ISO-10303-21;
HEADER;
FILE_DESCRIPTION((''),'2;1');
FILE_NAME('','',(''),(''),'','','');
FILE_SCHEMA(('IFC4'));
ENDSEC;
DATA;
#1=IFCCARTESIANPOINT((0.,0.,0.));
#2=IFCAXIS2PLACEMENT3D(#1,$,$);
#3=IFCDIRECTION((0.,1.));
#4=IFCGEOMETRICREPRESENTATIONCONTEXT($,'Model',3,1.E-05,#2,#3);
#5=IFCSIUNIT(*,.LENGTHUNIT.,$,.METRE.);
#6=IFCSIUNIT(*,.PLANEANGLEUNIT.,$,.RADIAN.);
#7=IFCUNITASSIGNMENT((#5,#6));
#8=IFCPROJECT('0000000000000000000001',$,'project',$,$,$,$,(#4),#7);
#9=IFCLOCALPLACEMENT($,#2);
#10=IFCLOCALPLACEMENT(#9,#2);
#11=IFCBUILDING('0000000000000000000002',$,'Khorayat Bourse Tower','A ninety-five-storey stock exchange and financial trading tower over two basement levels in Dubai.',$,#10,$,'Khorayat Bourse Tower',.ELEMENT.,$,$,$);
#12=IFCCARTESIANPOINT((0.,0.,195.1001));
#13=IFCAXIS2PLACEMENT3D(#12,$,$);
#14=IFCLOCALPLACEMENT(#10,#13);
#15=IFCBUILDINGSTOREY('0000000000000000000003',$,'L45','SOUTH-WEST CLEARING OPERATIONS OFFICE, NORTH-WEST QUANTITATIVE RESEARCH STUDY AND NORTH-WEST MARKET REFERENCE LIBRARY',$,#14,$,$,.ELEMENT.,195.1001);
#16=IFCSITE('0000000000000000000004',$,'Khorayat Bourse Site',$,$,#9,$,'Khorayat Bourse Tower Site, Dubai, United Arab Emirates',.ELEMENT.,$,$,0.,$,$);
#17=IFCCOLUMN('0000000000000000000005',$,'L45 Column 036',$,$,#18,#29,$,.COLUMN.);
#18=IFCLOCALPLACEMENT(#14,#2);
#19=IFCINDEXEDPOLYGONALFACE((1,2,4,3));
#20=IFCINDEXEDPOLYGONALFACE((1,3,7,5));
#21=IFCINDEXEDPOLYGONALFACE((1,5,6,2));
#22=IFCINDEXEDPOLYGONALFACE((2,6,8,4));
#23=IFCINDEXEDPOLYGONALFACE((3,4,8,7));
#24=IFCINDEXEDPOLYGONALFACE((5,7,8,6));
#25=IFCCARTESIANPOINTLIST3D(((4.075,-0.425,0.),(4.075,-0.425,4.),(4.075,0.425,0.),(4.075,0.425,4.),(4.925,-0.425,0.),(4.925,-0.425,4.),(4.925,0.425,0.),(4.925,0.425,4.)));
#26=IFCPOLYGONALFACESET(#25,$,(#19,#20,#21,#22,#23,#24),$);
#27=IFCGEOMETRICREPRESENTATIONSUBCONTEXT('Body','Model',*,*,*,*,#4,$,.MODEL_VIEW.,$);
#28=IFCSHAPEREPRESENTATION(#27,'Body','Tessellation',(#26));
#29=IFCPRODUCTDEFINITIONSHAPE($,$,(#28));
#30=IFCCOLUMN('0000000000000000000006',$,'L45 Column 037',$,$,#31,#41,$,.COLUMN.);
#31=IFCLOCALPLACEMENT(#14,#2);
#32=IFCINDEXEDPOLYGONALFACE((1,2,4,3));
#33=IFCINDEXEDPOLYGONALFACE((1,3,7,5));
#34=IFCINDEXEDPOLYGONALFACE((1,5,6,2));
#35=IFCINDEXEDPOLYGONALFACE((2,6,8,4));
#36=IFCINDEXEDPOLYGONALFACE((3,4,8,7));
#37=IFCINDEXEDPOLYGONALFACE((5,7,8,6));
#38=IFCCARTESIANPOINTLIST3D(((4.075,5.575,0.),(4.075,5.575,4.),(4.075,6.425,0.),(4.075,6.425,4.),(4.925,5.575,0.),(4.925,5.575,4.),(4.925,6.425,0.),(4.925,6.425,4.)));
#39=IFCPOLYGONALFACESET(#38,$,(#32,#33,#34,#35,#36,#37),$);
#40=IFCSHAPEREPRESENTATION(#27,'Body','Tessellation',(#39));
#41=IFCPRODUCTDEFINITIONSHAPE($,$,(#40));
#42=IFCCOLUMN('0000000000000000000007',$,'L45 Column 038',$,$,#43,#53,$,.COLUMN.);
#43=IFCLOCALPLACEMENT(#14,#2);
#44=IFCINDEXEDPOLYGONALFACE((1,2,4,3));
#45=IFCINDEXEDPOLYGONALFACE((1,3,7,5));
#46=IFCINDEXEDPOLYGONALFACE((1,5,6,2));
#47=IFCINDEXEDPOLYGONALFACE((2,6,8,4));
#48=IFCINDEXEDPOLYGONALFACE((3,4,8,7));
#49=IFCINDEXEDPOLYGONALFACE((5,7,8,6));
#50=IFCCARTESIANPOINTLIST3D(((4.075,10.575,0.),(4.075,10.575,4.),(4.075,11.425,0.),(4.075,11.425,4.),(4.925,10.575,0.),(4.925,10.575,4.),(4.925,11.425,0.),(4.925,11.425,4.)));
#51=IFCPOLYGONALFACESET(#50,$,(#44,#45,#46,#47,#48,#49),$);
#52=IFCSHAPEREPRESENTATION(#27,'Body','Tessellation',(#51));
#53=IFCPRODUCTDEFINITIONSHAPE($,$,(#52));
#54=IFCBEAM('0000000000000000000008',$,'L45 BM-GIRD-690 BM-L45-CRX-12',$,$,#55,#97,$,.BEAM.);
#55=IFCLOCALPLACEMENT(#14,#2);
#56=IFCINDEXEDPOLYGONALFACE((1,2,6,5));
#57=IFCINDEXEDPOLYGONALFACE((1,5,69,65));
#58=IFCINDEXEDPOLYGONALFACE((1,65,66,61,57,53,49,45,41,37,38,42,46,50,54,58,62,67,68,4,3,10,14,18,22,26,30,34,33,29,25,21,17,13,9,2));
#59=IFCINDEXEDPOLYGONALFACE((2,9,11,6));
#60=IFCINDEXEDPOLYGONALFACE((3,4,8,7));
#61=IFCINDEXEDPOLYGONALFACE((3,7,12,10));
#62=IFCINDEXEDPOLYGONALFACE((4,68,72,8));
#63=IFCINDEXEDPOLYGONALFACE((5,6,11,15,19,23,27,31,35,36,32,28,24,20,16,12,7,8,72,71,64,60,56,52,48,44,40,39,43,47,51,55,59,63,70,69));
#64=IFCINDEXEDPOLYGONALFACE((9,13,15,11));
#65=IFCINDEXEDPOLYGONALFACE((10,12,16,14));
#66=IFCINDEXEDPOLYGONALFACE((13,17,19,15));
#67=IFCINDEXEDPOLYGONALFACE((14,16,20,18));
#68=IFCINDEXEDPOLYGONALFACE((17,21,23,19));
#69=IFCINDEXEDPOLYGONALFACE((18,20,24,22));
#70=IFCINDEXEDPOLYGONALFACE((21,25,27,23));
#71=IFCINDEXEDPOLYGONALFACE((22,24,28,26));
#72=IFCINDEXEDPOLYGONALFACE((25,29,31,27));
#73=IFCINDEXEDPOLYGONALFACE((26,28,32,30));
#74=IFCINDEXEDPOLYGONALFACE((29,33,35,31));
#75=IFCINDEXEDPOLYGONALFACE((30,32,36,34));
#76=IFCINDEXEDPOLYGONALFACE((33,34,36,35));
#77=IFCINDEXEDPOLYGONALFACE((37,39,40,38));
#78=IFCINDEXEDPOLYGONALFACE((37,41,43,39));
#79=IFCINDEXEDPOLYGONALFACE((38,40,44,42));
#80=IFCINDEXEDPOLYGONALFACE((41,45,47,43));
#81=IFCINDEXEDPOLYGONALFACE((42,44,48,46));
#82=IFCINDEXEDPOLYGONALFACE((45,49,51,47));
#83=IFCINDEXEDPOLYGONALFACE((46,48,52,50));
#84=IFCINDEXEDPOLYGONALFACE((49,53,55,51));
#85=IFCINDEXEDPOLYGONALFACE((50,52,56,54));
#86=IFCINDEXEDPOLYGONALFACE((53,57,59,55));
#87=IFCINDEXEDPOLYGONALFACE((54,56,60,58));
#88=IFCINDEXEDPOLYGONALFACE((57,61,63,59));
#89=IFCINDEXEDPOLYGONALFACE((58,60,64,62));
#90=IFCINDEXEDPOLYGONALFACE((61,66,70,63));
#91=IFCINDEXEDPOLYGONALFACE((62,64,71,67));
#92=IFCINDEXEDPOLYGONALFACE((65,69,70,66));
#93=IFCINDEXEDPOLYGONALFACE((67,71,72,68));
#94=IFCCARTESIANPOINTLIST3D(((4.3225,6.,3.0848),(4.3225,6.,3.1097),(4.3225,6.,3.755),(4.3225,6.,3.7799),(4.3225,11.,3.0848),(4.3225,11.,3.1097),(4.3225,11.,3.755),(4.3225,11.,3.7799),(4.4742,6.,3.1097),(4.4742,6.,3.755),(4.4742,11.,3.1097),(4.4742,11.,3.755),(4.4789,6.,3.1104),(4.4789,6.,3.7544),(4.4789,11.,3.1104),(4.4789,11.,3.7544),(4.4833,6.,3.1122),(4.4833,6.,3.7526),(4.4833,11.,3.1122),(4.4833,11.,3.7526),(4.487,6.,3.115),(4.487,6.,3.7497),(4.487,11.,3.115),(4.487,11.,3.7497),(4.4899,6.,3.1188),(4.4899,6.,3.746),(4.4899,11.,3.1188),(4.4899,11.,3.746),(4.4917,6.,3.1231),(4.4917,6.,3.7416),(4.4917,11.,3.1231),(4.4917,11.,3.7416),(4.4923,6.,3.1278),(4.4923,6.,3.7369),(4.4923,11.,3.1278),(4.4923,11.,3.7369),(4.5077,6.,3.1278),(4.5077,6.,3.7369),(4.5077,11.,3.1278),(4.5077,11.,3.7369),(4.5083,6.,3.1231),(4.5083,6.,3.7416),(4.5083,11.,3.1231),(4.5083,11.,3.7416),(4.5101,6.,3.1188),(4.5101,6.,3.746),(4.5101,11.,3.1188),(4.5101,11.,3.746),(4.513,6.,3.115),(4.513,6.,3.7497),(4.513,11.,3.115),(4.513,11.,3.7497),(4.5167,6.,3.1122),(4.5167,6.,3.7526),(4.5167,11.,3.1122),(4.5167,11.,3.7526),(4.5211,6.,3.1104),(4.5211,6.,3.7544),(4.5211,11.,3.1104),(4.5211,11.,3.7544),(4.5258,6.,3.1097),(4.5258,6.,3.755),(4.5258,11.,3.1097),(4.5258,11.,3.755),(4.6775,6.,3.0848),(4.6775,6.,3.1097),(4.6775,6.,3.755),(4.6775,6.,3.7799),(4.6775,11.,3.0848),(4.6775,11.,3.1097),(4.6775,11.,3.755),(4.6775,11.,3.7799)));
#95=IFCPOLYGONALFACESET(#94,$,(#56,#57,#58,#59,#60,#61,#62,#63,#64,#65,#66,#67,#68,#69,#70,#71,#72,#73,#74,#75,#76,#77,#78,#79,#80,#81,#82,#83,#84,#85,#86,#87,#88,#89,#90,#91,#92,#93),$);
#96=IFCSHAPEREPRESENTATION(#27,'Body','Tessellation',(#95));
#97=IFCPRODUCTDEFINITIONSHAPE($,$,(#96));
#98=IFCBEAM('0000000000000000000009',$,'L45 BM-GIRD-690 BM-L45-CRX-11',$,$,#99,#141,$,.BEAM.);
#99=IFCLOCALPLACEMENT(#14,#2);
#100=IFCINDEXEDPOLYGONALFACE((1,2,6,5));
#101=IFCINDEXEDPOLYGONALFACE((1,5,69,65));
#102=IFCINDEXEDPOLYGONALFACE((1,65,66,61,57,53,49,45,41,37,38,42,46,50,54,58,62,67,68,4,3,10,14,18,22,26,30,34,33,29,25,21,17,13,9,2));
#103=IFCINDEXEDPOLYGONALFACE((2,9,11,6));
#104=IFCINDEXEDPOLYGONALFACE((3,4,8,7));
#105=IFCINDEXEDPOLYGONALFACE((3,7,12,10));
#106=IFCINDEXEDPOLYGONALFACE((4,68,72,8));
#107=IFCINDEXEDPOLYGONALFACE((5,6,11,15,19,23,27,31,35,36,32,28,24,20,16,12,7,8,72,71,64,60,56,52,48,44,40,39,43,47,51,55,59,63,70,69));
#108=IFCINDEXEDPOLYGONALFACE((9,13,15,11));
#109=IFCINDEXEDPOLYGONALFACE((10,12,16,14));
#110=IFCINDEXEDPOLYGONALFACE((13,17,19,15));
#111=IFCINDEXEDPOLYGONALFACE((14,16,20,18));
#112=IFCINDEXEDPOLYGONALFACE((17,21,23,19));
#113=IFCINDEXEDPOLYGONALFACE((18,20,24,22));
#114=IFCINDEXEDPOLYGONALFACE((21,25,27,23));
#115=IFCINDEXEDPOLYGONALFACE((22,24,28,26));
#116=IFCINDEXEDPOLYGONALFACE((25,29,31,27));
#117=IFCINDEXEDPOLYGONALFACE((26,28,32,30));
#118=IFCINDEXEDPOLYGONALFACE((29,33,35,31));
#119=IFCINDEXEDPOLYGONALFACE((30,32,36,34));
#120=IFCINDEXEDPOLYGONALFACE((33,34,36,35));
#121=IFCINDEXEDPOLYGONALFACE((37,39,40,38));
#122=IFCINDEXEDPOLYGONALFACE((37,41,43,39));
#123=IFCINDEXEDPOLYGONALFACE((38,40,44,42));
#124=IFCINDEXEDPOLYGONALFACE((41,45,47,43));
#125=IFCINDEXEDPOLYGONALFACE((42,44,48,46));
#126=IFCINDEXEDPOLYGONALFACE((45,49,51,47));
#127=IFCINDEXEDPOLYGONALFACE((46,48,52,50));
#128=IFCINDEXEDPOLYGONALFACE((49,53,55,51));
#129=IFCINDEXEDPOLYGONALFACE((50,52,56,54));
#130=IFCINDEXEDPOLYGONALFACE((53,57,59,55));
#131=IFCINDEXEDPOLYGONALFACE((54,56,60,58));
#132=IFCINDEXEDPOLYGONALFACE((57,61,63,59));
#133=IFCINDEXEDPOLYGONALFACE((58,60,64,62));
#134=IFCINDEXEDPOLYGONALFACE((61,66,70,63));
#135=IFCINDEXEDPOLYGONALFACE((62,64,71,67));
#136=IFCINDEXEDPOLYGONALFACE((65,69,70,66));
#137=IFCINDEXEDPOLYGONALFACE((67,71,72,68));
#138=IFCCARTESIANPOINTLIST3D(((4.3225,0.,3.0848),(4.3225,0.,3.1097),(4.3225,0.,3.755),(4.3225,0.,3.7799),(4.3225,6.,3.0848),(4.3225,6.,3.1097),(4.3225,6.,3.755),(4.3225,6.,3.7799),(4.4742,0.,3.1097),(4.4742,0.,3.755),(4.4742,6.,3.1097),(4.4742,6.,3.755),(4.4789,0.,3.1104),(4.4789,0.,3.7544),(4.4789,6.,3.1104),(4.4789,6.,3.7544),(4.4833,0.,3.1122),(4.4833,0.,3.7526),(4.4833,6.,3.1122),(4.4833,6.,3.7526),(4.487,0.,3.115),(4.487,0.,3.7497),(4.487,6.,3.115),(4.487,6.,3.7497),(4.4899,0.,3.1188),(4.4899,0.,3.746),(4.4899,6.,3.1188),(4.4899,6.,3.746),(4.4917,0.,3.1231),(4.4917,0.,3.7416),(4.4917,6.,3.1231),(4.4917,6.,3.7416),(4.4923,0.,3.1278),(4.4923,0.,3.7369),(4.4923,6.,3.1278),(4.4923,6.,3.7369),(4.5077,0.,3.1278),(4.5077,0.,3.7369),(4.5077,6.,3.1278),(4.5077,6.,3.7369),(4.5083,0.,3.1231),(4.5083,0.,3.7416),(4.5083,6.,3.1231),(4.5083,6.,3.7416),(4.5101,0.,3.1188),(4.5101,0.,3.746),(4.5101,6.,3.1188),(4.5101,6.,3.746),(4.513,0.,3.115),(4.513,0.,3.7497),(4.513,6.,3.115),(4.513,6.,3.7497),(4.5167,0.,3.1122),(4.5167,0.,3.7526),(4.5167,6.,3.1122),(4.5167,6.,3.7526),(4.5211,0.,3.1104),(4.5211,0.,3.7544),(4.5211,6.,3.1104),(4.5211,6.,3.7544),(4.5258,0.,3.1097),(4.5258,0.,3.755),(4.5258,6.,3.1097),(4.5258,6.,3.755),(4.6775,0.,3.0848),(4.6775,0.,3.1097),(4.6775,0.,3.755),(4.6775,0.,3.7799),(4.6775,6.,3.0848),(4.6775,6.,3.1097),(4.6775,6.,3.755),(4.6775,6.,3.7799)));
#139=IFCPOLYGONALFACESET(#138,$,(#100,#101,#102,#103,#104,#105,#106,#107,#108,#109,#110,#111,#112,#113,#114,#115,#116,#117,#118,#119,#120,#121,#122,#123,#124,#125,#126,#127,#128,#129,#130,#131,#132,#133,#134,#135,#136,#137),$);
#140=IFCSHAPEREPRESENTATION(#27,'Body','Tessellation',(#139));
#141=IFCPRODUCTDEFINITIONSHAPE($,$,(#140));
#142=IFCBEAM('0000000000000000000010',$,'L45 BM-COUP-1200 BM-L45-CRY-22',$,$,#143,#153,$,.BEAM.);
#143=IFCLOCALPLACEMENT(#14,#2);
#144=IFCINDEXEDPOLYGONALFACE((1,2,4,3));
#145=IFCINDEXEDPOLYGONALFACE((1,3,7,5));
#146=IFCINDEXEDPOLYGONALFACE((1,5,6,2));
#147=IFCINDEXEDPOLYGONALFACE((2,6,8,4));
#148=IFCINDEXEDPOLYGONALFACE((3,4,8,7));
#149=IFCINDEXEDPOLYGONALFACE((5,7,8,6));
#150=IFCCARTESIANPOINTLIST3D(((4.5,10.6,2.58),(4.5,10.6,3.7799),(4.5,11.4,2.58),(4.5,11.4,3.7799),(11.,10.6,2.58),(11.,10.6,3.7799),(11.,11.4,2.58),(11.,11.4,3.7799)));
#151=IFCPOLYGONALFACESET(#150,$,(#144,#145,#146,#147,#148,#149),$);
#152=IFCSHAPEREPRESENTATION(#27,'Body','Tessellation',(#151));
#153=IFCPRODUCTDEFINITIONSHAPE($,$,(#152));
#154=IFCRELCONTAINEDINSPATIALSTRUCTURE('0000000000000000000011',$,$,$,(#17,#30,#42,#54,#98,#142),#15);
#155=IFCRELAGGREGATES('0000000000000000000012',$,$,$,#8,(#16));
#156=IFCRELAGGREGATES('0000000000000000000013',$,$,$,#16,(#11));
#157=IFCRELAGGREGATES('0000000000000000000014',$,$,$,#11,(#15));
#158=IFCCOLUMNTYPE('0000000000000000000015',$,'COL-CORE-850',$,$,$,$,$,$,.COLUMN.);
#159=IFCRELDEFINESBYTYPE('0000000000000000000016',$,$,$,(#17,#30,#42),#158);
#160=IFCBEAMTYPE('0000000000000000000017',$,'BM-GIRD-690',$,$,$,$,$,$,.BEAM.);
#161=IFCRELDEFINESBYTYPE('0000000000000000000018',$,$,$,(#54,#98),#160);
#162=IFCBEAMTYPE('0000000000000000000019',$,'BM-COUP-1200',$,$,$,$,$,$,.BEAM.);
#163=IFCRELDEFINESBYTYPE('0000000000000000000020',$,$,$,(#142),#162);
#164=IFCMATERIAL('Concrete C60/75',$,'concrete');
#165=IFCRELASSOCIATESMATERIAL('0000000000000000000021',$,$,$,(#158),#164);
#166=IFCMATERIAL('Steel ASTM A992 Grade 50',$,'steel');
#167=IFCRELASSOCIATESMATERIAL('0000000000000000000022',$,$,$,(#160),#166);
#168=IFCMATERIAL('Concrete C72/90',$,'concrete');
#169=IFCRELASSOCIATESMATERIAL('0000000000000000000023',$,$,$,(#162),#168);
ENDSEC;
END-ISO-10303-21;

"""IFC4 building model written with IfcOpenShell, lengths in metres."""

from ifc_helpers import new_model, si_unit, direction, frame, origin, origin_2d, place, context, subcontext, project, spatial, rectangle, i_section, extrude, source, transform, mapped, material, material_profile, profile_set, type_object, element, save


model = new_model("IFC4")

# Units and contexts
model_context = context("Model", 3, precision=1e-05, world=origin(), true_north=direction((0.0, 1.0)))
body_context = subcontext(model_context, "Body", "Model", "MODEL_VIEW")
ifc_project = project(units=[si_unit("LENGTHUNIT", "METRE"), si_unit("PLANEANGLEUNIT", "RADIAN")], contexts=[model_context])

# Site, building, storey
site_placement = place(None, origin())
site = spatial("IfcSite", under=ifc_project, at=site_placement, Name="Khorayat Bourse Site", LongName="Khorayat Bourse Tower Site, Dubai, United Arab Emirates", CompositionType="ELEMENT", RefElevation=0.0)
building_placement = place(site_placement, origin())
building = spatial("IfcBuilding", under=site, at=building_placement, Name="Khorayat Bourse Tower", Description="A ninety-five-storey stock exchange and financial trading tower over two basement levels in Dubai.", LongName="Khorayat Bourse Tower", CompositionType="ELEMENT")
storey_placement = place(building_placement, frame((0.0, 0.0, 195.1001)))
storey = spatial("IfcBuildingStorey", under=building, at=storey_placement, Name="L45", Description="SOUTH-WEST CLEARING OPERATIONS OFFICE, NORTH-WEST QUANTITATIVE RESEARCH STUDY AND NORTH-WEST MARKET REFERENCE LIBRARY", CompositionType="ELEMENT", Elevation=195.1001)

# Columns
ifc_material_1 = material(Name="Concrete C60/75", Category="concrete")
ifc_material_profile_1 = material_profile(ifc_material_1, rectangle(XDim=0.8501, YDim=0.8501, at=origin_2d()), Name="RC 850x850")
ifc_profile_set_1 = profile_set([ifc_material_profile_1], Name="Concrete C60/75")
column_type = type_object("IfcColumnType", Name="COL-CORE-850", PredefinedType="COLUMN", material=ifc_profile_set_1)
shared_shape_1 = source(origin(), body_context, "Body", "SweptSolid", [
    extrude(rectangle(XDim=0.8501, YDim=0.8501, at=origin_2d()), origin(), (0.0, 0.0, 1.0), 4.0),
])
for number, where, z_axis, x_axis, name in (
    (1, (4.5, 0.0, 0.0), (0.0, 0.0, 1.0), (1.0, 0.0, 0.0), "L45 Column 036"),
    (2, (4.5, 6.0, 0.0), (0.0, 0.0, 1.0), (1.0, 0.0, 0.0), "L45 Column 037"),
    (3, (4.5, 11.0, 0.0), (0.0, 0.0, 1.0), (1.0, 0.0, 0.0), "L45 Column 038"),
):
    element("IfcColumn", number, at=place(storey_placement, frame(where, z_axis=z_axis, x_axis=x_axis)), inside=storey, type_object=column_type, Name=name, PredefinedType="COLUMN", context=body_context, shape_type="MappedRepresentation", body=[
        mapped(shared_shape_1, transform((0.0, 0.0, 0.0), scale=1.0)),
    ])

# Beams
ifc_material_2 = material(Name="Steel ASTM A992 Grade 50", Category="steel")
ifc_material_profile_2 = material_profile(ifc_material_2, i_section(OverallWidth=0.355, OverallDepth=0.6951, WebThickness=0.0154, FlangeThickness=0.0249, FilletRadius=0.0181, at=origin_2d()), Name="W690X217")
ifc_profile_set_2 = profile_set([ifc_material_profile_2], Name="Steel ASTM A992 Grade 50")
beam_type_1 = type_object("IfcBeamType", Name="BM-GIRD-690", PredefinedType="BEAM", material=ifc_profile_set_2)
shared_shape_2 = source(origin(), body_context, "Body", "SweptSolid", [
    extrude(i_section(OverallWidth=0.355, OverallDepth=0.6951, WebThickness=0.0154, FlangeThickness=0.0249, FilletRadius=0.0181, at=origin_2d()), origin(), (0.0, 0.0, 1.0), 5.0),
])
beam_1_placement = place(storey_placement, frame((4.5, 6.0, 3.4324), z_axis=(0.0, 1.0, 0.0), x_axis=(-1.0, 0.0, 0.0)))
element("IfcBeam", 4, at=beam_1_placement, inside=storey, type_object=beam_type_1, Name="L45 BM-GIRD-690 BM-L45-CRX-12", PredefinedType="BEAM", context=body_context, shape_type="MappedRepresentation", body=[
    mapped(shared_shape_2, transform((0.0, 0.0, 0.0), scale=1.0)),
])
shared_shape_3 = source(origin(), body_context, "Body", "SweptSolid", [
    extrude(i_section(OverallWidth=0.355, OverallDepth=0.6951, WebThickness=0.0154, FlangeThickness=0.0249, FilletRadius=0.0181, at=origin_2d()), origin(), (0.0, 0.0, 1.0), 6.0),
])
beam_2_placement = place(storey_placement, frame((4.5, 0.0, 3.4324), z_axis=(0.0, 1.0, 0.0), x_axis=(-1.0, 0.0, 0.0)))
element("IfcBeam", 5, at=beam_2_placement, inside=storey, type_object=beam_type_1, Name="L45 BM-GIRD-690 BM-L45-CRX-11", PredefinedType="BEAM", context=body_context, shape_type="MappedRepresentation", body=[
    mapped(shared_shape_3, transform((0.0, 0.0, 0.0), scale=1.0)),
])
ifc_material_3 = material(Name="Concrete C72/90", Category="concrete")
ifc_material_profile_3 = material_profile(ifc_material_3, rectangle(XDim=0.8, YDim=1.2, at=origin_2d()), Name="RC 800x1200")
ifc_profile_set_3 = profile_set([ifc_material_profile_3], Name="Concrete C72/90")
beam_type_2 = type_object("IfcBeamType", Name="BM-COUP-1200", PredefinedType="BEAM", material=ifc_profile_set_3)
shared_shape_4 = source(origin(), body_context, "Body", "SweptSolid", [
    extrude(rectangle(XDim=0.8, YDim=1.2, at=origin_2d()), origin(), (0.0, 0.0, 1.0), 6.5),
])
beam_3_placement = place(storey_placement, frame((4.5, 11.0, 3.1799), z_axis=(1.0, 0.0, 0.0), x_axis=(0.0, 1.0, 0.0)))
element("IfcBeam", 6, at=beam_3_placement, inside=storey, type_object=beam_type_2, Name="L45 BM-COUP-1200 BM-L45-CRY-22", PredefinedType="BEAM", context=body_context, shape_type="MappedRepresentation", body=[
    mapped(shared_shape_4, transform((0.0, 0.0, 0.0), scale=1.0)),
])

save(model, "model.ifc")
